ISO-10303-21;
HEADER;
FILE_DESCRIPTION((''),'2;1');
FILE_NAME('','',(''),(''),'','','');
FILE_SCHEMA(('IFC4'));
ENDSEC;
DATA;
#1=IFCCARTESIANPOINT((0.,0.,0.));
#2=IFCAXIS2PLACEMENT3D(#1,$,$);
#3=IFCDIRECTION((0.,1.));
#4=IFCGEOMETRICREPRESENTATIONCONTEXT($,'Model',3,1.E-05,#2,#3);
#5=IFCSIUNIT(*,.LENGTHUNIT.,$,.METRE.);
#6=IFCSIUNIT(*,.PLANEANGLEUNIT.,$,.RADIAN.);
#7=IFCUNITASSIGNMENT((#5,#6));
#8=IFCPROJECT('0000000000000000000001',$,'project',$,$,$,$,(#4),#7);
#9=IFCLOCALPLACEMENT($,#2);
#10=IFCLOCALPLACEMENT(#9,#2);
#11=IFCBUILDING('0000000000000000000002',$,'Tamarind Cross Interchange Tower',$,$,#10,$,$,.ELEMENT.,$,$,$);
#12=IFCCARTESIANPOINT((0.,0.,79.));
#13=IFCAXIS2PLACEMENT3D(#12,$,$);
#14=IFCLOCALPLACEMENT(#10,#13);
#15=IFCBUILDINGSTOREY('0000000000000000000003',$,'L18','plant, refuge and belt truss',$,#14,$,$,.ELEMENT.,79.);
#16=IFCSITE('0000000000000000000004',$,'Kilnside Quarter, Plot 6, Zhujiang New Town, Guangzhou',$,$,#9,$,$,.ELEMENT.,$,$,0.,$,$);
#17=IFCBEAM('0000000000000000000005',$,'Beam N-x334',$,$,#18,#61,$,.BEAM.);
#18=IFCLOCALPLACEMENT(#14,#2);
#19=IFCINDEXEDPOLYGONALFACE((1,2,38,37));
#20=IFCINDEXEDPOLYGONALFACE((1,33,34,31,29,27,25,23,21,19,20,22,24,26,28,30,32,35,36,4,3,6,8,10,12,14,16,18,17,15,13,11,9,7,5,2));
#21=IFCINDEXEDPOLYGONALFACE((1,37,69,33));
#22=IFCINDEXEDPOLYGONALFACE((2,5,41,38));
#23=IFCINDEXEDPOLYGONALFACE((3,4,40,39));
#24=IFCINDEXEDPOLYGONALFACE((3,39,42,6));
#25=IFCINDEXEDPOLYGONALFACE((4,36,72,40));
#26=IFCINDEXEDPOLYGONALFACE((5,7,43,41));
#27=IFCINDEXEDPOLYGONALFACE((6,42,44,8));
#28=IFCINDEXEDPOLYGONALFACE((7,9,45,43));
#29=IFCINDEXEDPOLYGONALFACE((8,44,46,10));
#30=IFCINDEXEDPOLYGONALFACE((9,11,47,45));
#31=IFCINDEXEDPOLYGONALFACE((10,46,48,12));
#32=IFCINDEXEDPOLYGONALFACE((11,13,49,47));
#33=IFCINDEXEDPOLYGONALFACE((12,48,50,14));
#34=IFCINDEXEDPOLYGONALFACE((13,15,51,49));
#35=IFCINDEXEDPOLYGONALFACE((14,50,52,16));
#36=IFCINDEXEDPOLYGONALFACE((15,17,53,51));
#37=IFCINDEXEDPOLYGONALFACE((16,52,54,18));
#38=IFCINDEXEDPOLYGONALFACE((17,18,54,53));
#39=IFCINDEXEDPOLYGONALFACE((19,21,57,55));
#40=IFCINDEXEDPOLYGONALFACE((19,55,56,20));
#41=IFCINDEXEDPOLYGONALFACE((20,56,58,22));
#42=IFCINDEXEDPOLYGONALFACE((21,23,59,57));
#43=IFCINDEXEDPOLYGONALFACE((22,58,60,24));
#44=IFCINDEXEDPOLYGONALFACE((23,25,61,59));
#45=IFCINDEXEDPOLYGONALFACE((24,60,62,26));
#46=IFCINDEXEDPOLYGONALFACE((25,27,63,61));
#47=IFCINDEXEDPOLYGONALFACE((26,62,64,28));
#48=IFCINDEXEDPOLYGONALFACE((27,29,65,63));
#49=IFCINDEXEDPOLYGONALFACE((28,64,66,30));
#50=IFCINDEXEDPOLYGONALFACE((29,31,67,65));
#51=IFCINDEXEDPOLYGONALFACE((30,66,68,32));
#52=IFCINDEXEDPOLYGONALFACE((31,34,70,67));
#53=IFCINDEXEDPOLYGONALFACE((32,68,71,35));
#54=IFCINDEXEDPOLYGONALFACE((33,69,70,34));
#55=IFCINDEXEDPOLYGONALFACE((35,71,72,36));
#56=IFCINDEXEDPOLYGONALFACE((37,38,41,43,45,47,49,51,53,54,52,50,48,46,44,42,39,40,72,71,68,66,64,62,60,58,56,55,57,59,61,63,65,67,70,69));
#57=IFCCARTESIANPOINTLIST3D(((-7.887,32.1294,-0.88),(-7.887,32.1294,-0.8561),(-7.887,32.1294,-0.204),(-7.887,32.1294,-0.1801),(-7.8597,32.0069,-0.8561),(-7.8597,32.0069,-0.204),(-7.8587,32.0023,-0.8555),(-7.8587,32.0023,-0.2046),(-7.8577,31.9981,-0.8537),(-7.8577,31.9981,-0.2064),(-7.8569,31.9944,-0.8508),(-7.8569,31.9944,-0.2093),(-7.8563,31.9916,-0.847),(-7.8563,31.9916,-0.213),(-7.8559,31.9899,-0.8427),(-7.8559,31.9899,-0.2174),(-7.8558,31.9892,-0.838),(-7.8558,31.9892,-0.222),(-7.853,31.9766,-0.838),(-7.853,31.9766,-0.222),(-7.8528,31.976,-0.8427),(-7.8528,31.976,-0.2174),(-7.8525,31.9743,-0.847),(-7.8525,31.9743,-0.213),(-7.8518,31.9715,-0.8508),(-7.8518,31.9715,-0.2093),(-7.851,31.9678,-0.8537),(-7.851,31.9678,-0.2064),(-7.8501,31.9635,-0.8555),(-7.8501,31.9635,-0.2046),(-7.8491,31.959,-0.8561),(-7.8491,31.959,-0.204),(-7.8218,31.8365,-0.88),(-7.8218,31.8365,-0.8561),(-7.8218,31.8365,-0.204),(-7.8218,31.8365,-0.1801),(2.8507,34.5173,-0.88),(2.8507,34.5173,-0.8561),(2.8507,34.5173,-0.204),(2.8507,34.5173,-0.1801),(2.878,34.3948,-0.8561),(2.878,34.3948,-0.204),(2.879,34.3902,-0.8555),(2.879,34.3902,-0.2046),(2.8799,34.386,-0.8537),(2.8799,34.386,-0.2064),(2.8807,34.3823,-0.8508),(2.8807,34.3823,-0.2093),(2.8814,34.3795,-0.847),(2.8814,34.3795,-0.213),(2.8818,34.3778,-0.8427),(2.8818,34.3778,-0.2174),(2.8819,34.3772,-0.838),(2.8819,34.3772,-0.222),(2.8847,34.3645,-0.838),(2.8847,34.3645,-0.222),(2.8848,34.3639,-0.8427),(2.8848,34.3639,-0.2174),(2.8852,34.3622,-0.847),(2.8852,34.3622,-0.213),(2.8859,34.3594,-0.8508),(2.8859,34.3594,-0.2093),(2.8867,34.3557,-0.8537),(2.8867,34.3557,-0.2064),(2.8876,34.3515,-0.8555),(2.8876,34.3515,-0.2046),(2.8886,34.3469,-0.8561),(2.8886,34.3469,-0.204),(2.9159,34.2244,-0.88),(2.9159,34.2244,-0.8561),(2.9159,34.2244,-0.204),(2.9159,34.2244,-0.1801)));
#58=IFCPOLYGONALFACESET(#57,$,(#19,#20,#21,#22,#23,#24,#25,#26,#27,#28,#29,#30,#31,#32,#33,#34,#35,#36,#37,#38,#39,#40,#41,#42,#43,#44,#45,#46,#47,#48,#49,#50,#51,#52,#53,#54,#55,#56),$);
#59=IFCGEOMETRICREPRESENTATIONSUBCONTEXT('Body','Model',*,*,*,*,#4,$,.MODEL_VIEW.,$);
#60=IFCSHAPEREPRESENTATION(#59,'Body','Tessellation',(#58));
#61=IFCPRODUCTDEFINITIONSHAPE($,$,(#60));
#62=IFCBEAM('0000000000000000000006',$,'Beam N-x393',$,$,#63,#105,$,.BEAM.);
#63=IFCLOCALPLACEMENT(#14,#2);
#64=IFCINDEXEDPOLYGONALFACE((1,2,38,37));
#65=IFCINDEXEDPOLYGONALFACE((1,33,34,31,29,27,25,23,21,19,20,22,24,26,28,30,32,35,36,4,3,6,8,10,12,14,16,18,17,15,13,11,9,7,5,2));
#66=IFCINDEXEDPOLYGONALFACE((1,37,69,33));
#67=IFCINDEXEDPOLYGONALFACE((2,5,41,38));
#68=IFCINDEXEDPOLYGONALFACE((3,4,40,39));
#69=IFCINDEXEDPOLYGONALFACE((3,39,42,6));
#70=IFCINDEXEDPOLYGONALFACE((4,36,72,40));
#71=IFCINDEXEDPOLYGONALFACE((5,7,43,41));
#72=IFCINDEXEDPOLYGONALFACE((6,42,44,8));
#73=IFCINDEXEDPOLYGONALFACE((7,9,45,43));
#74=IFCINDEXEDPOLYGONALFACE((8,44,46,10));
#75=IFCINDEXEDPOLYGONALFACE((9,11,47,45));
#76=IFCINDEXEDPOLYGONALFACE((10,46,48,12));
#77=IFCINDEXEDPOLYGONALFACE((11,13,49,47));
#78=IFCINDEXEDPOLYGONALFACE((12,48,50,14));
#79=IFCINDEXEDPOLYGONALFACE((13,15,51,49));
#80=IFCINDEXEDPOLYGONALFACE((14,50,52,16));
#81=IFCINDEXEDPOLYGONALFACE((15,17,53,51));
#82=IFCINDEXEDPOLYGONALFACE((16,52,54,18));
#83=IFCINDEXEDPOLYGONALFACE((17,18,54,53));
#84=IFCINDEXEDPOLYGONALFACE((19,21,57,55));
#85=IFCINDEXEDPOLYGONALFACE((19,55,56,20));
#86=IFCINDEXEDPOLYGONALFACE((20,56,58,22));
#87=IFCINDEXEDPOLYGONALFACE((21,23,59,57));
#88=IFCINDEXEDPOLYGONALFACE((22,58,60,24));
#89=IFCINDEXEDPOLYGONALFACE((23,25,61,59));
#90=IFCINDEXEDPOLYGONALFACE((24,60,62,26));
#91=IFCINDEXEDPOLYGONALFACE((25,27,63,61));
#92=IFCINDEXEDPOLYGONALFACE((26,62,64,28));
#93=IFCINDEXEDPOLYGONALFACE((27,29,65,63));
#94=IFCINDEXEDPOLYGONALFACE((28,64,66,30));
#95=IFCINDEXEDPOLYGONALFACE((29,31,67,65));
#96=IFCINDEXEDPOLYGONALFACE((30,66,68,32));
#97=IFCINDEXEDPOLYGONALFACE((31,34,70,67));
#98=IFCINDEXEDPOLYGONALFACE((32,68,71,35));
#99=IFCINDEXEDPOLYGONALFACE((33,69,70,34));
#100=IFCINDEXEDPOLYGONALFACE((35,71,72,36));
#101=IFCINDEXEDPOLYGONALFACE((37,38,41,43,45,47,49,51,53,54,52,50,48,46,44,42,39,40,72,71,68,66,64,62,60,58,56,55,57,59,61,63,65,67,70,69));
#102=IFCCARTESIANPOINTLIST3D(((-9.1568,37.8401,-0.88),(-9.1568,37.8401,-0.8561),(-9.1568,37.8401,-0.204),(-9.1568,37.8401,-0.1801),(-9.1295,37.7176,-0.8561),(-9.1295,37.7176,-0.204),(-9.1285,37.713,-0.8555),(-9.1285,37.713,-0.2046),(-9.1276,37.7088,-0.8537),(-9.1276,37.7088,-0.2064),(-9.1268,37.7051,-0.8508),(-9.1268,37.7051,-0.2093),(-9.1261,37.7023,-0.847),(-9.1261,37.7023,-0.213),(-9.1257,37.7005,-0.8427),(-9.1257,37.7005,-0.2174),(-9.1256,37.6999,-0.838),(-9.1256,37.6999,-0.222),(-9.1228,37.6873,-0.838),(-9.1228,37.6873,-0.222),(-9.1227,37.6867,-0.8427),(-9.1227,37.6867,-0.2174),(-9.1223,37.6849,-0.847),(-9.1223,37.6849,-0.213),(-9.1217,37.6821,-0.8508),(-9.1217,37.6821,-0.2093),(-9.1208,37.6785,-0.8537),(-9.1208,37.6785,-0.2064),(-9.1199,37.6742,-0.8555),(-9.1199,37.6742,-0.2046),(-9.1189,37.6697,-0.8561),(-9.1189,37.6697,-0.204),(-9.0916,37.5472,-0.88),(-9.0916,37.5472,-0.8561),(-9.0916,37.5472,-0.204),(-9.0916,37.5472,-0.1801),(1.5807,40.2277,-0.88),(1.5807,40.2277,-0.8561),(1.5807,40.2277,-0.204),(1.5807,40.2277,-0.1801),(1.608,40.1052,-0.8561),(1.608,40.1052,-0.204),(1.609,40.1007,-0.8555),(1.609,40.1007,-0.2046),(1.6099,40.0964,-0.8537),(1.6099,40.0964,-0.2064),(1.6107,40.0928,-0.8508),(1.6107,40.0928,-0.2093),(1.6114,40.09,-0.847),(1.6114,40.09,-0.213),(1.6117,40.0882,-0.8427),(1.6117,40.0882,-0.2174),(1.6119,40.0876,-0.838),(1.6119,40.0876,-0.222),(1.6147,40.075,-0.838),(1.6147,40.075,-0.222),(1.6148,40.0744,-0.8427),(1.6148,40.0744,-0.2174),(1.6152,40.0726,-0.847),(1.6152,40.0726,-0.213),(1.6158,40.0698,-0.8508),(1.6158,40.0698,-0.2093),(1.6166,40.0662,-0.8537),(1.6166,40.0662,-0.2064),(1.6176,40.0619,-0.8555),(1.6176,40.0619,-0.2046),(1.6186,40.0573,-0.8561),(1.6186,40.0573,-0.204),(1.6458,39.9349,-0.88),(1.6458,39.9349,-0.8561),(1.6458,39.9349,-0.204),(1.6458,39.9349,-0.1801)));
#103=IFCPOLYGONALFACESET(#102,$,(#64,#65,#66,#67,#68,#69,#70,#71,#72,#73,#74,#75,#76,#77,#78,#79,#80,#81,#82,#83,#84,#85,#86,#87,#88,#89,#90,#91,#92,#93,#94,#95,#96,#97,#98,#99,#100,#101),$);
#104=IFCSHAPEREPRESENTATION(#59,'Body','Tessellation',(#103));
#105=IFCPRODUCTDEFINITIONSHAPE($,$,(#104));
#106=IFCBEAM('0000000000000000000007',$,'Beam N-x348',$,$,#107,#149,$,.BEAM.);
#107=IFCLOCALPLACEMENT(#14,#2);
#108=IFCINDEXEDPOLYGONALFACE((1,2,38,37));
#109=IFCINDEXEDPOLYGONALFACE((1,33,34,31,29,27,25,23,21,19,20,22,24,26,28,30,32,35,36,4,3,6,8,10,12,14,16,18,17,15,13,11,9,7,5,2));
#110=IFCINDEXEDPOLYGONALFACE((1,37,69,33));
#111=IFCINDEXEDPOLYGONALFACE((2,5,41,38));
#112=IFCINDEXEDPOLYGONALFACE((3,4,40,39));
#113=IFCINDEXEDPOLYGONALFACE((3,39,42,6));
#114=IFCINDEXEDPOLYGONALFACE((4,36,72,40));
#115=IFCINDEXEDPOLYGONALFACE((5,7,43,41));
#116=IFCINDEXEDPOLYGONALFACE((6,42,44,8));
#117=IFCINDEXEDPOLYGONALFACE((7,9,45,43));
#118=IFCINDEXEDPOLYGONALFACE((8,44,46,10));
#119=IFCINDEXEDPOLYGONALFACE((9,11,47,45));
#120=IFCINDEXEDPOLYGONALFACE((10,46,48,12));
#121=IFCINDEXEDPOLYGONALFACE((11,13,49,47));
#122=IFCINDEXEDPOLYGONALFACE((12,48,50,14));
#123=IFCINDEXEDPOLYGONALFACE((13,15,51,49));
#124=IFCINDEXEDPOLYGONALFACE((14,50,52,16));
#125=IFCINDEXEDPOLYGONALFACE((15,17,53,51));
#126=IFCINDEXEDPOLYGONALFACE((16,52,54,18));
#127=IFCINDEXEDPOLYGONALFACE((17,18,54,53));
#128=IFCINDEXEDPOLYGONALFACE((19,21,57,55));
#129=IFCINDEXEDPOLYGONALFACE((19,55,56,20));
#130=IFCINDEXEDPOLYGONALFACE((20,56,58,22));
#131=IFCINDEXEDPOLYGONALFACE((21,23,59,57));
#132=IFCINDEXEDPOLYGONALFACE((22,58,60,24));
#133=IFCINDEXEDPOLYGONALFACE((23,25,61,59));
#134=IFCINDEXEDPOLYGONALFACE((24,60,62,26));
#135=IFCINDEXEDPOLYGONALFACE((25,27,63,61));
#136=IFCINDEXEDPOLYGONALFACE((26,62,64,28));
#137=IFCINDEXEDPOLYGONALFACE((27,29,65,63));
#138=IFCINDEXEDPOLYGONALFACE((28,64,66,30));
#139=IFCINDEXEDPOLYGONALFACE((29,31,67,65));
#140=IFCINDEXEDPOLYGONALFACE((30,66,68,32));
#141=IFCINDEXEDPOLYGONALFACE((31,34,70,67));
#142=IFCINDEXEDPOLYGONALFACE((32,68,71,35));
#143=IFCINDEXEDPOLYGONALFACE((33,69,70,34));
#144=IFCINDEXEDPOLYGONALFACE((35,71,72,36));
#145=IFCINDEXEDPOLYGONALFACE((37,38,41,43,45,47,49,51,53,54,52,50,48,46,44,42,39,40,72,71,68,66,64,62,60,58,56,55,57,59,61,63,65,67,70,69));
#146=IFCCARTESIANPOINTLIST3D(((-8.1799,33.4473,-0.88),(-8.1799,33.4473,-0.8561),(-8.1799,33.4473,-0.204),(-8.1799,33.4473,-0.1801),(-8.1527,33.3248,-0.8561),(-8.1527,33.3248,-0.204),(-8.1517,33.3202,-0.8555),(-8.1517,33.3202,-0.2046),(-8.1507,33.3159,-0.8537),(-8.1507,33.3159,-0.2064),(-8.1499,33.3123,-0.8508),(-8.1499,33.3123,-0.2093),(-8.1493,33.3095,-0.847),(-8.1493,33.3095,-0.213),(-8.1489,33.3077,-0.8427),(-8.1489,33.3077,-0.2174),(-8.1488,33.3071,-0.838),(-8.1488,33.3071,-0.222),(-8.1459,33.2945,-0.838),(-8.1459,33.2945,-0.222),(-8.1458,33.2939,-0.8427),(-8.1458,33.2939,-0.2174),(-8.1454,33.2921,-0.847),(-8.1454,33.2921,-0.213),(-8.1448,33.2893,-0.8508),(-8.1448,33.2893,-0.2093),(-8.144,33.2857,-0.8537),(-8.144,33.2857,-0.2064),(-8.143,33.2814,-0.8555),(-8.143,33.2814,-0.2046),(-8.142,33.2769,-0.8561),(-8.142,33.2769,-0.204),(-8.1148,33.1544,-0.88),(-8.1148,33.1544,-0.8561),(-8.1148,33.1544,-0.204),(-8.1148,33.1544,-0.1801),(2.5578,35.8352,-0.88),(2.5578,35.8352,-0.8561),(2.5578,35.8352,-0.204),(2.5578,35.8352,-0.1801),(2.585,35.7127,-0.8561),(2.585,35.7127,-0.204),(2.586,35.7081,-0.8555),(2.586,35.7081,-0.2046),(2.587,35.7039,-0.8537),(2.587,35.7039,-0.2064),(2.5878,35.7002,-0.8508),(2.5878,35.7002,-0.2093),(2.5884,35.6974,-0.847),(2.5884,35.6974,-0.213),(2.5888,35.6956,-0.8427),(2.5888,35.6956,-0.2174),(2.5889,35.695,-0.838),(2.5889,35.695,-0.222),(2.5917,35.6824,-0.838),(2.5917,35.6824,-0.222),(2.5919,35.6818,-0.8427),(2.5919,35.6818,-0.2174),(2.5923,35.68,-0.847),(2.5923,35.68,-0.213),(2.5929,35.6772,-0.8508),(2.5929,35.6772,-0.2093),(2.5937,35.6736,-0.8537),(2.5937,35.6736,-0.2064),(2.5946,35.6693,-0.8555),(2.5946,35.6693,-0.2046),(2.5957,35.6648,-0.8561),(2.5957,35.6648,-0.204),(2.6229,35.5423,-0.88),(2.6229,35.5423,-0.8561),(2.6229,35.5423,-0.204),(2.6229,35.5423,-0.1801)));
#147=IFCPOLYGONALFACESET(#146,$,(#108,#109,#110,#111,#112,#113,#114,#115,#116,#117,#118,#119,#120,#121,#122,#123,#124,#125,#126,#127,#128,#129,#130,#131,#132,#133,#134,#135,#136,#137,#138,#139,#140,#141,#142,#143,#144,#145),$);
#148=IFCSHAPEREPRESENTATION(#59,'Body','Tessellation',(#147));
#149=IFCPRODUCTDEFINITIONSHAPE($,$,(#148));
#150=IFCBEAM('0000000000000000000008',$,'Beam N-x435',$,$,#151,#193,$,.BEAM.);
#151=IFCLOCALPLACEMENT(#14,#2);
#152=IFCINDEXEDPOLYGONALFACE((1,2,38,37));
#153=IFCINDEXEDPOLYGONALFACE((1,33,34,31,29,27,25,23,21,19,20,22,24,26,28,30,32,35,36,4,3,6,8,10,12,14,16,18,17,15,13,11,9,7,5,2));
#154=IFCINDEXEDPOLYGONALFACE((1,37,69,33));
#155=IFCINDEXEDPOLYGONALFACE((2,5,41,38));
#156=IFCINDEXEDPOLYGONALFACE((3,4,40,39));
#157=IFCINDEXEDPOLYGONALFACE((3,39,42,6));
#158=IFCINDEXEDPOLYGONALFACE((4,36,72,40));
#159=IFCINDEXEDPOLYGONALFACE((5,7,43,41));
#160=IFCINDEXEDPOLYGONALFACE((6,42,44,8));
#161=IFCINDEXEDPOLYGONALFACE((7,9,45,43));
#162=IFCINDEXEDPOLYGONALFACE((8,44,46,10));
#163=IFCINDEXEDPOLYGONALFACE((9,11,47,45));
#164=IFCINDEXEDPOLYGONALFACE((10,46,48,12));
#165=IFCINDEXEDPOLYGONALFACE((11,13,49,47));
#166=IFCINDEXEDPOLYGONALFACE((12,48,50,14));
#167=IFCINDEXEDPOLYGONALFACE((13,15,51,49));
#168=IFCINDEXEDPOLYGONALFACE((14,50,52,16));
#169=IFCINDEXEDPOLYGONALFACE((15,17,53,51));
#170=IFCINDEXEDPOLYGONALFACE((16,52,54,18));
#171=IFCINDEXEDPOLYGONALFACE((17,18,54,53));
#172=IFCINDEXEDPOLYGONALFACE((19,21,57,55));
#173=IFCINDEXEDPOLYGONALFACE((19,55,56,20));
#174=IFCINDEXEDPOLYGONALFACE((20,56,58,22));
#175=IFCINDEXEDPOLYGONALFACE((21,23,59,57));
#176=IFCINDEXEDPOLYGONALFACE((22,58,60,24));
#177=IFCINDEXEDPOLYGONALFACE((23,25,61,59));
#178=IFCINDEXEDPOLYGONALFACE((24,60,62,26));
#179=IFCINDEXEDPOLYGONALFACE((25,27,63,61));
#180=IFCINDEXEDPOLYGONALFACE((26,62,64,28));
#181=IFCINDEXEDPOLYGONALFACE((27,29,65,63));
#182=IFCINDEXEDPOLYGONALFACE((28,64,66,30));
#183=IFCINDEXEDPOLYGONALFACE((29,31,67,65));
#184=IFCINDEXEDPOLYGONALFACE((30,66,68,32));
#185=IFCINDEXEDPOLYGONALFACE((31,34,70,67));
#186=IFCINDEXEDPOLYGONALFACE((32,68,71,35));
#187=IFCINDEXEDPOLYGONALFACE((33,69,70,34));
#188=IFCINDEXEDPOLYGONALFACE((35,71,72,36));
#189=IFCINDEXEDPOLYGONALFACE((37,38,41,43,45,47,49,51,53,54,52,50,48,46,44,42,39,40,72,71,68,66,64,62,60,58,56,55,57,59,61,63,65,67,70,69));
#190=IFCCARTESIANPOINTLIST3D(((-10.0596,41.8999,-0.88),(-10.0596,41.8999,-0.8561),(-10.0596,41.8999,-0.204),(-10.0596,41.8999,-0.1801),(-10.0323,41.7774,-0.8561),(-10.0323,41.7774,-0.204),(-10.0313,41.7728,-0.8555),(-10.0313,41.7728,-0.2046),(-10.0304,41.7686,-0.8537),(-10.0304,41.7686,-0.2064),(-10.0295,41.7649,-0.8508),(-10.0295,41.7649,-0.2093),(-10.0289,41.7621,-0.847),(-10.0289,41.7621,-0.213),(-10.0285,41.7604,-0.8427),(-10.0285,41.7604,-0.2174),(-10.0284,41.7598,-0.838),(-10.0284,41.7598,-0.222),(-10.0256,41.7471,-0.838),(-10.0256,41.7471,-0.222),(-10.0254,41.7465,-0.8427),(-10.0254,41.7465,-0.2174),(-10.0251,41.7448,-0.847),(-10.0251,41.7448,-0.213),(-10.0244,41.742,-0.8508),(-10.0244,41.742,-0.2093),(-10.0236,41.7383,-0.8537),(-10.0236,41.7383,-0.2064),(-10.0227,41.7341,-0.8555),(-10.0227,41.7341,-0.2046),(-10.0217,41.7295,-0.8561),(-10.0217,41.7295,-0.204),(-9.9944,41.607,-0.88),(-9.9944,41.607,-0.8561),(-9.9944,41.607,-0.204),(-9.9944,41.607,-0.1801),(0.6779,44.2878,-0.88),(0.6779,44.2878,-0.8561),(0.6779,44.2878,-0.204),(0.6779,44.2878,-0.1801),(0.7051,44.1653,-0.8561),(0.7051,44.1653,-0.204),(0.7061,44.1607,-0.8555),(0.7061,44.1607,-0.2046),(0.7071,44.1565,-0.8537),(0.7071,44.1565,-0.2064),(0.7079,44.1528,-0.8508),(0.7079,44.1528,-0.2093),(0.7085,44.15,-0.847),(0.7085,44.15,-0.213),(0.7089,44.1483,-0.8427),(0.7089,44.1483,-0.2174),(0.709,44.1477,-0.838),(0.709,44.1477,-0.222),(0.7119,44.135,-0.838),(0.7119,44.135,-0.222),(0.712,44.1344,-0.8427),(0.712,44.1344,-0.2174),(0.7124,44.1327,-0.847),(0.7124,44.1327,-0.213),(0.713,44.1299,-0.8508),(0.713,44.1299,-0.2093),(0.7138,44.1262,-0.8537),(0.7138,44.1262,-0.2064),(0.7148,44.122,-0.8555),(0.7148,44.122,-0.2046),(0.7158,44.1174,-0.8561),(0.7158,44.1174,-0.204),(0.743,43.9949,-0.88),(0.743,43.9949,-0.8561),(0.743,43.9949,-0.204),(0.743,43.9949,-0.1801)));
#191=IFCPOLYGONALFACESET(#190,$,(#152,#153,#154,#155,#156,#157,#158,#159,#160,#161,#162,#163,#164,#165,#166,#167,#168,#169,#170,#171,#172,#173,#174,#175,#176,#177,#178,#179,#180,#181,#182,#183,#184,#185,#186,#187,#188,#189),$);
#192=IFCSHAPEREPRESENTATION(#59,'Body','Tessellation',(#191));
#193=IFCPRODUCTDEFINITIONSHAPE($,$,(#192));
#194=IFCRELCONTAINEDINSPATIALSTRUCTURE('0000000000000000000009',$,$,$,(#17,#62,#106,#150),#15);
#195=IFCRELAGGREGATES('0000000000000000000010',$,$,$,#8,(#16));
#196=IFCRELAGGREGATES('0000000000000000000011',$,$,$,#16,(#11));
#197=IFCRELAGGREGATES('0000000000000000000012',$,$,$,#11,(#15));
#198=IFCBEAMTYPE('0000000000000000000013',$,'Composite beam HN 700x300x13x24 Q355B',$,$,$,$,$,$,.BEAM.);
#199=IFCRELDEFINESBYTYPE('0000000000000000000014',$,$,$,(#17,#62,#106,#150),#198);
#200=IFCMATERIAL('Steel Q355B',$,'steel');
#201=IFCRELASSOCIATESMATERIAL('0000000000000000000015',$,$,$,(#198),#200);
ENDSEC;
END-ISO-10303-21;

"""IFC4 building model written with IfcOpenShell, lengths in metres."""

from ifc_helpers import new_model, si_unit, direction, frame, origin, origin_2d, place, context, subcontext, project, spatial, i_section, extrude, material, material_profile, profile_set, type_object, element, save


model = new_model("IFC4")

# Units and contexts
model_context = context("Model", 3, precision=1e-05, world=origin(), true_north=direction((0.0, 1.0)))
body_context = subcontext(model_context, "Body", "Model", "MODEL_VIEW")
ifc_project = project(units=[si_unit("LENGTHUNIT", "METRE"), si_unit("PLANEANGLEUNIT", "RADIAN")], contexts=[model_context])

# Site, building, storey
site_placement = place(None, origin())
site = spatial("IfcSite", under=ifc_project, at=site_placement, Name="Kilnside Quarter, Plot 6, Zhujiang New Town, Guangzhou", CompositionType="ELEMENT", RefElevation=0.0)
building_placement = place(site_placement, origin())
building = spatial("IfcBuilding", under=site, at=building_placement, Name="Tamarind Cross Interchange Tower", CompositionType="ELEMENT")
storey_placement = place(building_placement, frame((0.0, 0.0, 79.0)))
storey = spatial("IfcBuildingStorey", under=building, at=storey_placement, Name="L18", Description="plant, refuge and belt truss", CompositionType="ELEMENT", Elevation=79.0)

# Beams
ifc_material_1 = material(Name="Steel Q355B", Category="steel")
ifc_material_profile_1 = material_profile(ifc_material_1, i_section(OverallWidth=0.3, OverallDepth=0.7, WebThickness=0.0129, FlangeThickness=0.0239, FilletRadius=0.0181, at=origin_2d()), Name="HN 700x300x13x24")
ifc_profile_set_1 = profile_set([ifc_material_profile_1], Name="Steel Q355B")
beam_type_1 = type_object("IfcBeamType", Name="Composite beam HN 700x300x13x24 Q355B", PredefinedType="BEAM", material=ifc_profile_set_1)
beam_1_placement = place(storey_placement, frame((2.8833, 34.3708, -0.53), z_axis=(-0.976153, -0.217083, 0.0), x_axis=(0.217083, -0.976153, 0.0)))
element("IfcBeam", 1, at=beam_1_placement, inside=storey, type_object=beam_type_1, Name="Beam N-x334", PredefinedType="BEAM", context=body_context, shape_type="SweptSolid", body=[
    extrude(i_section(OverallWidth=0.3, OverallDepth=0.7, WebThickness=0.0129, FlangeThickness=0.0239, FilletRadius=0.0181, at=origin_2d()), origin(), (0.0, 0.0, 1.0), 11.0),
])
beam_2_placement = place(storey_placement, frame((1.6133, 40.0813, -0.53), z_axis=(-0.976157, -0.217067, 0.0), x_axis=(0.217067, -0.976157, 0.0)))
element("IfcBeam", 2, at=beam_2_placement, inside=storey, type_object=beam_type_1, Name="Beam N-x393", PredefinedType="BEAM", context=body_context, shape_type="SweptSolid", body=[
    extrude(i_section(OverallWidth=0.3, OverallDepth=0.7, WebThickness=0.0129, FlangeThickness=0.0239, FilletRadius=0.0181, at=origin_2d()), origin(), (0.0, 0.0, 1.0), 10.9998),
])
beam_3_placement = place(storey_placement, frame((2.5903, 35.6887, -0.53), z_axis=(-0.976153, -0.217083, 0.0), x_axis=(0.217083, -0.976153, 0.0)))
element("IfcBeam", 3, at=beam_3_placement, inside=storey, type_object=beam_type_1, Name="Beam N-x348", PredefinedType="BEAM", context=body_context, shape_type="SweptSolid", body=[
    extrude(i_section(OverallWidth=0.3, OverallDepth=0.7, WebThickness=0.0129, FlangeThickness=0.0239, FilletRadius=0.0181, at=origin_2d()), origin(), (0.0, 0.0, 1.0), 11.0),
])
beam_4_placement = place(storey_placement, frame((0.7104, 44.1414, -0.53), z_axis=(-0.976152, -0.217088, 0.0), x_axis=(0.217088, -0.976152, 0.0)))
element("IfcBeam", 4, at=beam_4_placement, inside=storey, type_object=beam_type_1, Name="Beam N-x435", PredefinedType="BEAM", context=body_context, shape_type="SweptSolid", body=[
    extrude(i_section(OverallWidth=0.3, OverallDepth=0.7, WebThickness=0.0129, FlangeThickness=0.0239, FilletRadius=0.0181, at=origin_2d()), origin(), (0.0, 0.0, 1.0), 10.9998),
])

save(model, "model.ifc")
